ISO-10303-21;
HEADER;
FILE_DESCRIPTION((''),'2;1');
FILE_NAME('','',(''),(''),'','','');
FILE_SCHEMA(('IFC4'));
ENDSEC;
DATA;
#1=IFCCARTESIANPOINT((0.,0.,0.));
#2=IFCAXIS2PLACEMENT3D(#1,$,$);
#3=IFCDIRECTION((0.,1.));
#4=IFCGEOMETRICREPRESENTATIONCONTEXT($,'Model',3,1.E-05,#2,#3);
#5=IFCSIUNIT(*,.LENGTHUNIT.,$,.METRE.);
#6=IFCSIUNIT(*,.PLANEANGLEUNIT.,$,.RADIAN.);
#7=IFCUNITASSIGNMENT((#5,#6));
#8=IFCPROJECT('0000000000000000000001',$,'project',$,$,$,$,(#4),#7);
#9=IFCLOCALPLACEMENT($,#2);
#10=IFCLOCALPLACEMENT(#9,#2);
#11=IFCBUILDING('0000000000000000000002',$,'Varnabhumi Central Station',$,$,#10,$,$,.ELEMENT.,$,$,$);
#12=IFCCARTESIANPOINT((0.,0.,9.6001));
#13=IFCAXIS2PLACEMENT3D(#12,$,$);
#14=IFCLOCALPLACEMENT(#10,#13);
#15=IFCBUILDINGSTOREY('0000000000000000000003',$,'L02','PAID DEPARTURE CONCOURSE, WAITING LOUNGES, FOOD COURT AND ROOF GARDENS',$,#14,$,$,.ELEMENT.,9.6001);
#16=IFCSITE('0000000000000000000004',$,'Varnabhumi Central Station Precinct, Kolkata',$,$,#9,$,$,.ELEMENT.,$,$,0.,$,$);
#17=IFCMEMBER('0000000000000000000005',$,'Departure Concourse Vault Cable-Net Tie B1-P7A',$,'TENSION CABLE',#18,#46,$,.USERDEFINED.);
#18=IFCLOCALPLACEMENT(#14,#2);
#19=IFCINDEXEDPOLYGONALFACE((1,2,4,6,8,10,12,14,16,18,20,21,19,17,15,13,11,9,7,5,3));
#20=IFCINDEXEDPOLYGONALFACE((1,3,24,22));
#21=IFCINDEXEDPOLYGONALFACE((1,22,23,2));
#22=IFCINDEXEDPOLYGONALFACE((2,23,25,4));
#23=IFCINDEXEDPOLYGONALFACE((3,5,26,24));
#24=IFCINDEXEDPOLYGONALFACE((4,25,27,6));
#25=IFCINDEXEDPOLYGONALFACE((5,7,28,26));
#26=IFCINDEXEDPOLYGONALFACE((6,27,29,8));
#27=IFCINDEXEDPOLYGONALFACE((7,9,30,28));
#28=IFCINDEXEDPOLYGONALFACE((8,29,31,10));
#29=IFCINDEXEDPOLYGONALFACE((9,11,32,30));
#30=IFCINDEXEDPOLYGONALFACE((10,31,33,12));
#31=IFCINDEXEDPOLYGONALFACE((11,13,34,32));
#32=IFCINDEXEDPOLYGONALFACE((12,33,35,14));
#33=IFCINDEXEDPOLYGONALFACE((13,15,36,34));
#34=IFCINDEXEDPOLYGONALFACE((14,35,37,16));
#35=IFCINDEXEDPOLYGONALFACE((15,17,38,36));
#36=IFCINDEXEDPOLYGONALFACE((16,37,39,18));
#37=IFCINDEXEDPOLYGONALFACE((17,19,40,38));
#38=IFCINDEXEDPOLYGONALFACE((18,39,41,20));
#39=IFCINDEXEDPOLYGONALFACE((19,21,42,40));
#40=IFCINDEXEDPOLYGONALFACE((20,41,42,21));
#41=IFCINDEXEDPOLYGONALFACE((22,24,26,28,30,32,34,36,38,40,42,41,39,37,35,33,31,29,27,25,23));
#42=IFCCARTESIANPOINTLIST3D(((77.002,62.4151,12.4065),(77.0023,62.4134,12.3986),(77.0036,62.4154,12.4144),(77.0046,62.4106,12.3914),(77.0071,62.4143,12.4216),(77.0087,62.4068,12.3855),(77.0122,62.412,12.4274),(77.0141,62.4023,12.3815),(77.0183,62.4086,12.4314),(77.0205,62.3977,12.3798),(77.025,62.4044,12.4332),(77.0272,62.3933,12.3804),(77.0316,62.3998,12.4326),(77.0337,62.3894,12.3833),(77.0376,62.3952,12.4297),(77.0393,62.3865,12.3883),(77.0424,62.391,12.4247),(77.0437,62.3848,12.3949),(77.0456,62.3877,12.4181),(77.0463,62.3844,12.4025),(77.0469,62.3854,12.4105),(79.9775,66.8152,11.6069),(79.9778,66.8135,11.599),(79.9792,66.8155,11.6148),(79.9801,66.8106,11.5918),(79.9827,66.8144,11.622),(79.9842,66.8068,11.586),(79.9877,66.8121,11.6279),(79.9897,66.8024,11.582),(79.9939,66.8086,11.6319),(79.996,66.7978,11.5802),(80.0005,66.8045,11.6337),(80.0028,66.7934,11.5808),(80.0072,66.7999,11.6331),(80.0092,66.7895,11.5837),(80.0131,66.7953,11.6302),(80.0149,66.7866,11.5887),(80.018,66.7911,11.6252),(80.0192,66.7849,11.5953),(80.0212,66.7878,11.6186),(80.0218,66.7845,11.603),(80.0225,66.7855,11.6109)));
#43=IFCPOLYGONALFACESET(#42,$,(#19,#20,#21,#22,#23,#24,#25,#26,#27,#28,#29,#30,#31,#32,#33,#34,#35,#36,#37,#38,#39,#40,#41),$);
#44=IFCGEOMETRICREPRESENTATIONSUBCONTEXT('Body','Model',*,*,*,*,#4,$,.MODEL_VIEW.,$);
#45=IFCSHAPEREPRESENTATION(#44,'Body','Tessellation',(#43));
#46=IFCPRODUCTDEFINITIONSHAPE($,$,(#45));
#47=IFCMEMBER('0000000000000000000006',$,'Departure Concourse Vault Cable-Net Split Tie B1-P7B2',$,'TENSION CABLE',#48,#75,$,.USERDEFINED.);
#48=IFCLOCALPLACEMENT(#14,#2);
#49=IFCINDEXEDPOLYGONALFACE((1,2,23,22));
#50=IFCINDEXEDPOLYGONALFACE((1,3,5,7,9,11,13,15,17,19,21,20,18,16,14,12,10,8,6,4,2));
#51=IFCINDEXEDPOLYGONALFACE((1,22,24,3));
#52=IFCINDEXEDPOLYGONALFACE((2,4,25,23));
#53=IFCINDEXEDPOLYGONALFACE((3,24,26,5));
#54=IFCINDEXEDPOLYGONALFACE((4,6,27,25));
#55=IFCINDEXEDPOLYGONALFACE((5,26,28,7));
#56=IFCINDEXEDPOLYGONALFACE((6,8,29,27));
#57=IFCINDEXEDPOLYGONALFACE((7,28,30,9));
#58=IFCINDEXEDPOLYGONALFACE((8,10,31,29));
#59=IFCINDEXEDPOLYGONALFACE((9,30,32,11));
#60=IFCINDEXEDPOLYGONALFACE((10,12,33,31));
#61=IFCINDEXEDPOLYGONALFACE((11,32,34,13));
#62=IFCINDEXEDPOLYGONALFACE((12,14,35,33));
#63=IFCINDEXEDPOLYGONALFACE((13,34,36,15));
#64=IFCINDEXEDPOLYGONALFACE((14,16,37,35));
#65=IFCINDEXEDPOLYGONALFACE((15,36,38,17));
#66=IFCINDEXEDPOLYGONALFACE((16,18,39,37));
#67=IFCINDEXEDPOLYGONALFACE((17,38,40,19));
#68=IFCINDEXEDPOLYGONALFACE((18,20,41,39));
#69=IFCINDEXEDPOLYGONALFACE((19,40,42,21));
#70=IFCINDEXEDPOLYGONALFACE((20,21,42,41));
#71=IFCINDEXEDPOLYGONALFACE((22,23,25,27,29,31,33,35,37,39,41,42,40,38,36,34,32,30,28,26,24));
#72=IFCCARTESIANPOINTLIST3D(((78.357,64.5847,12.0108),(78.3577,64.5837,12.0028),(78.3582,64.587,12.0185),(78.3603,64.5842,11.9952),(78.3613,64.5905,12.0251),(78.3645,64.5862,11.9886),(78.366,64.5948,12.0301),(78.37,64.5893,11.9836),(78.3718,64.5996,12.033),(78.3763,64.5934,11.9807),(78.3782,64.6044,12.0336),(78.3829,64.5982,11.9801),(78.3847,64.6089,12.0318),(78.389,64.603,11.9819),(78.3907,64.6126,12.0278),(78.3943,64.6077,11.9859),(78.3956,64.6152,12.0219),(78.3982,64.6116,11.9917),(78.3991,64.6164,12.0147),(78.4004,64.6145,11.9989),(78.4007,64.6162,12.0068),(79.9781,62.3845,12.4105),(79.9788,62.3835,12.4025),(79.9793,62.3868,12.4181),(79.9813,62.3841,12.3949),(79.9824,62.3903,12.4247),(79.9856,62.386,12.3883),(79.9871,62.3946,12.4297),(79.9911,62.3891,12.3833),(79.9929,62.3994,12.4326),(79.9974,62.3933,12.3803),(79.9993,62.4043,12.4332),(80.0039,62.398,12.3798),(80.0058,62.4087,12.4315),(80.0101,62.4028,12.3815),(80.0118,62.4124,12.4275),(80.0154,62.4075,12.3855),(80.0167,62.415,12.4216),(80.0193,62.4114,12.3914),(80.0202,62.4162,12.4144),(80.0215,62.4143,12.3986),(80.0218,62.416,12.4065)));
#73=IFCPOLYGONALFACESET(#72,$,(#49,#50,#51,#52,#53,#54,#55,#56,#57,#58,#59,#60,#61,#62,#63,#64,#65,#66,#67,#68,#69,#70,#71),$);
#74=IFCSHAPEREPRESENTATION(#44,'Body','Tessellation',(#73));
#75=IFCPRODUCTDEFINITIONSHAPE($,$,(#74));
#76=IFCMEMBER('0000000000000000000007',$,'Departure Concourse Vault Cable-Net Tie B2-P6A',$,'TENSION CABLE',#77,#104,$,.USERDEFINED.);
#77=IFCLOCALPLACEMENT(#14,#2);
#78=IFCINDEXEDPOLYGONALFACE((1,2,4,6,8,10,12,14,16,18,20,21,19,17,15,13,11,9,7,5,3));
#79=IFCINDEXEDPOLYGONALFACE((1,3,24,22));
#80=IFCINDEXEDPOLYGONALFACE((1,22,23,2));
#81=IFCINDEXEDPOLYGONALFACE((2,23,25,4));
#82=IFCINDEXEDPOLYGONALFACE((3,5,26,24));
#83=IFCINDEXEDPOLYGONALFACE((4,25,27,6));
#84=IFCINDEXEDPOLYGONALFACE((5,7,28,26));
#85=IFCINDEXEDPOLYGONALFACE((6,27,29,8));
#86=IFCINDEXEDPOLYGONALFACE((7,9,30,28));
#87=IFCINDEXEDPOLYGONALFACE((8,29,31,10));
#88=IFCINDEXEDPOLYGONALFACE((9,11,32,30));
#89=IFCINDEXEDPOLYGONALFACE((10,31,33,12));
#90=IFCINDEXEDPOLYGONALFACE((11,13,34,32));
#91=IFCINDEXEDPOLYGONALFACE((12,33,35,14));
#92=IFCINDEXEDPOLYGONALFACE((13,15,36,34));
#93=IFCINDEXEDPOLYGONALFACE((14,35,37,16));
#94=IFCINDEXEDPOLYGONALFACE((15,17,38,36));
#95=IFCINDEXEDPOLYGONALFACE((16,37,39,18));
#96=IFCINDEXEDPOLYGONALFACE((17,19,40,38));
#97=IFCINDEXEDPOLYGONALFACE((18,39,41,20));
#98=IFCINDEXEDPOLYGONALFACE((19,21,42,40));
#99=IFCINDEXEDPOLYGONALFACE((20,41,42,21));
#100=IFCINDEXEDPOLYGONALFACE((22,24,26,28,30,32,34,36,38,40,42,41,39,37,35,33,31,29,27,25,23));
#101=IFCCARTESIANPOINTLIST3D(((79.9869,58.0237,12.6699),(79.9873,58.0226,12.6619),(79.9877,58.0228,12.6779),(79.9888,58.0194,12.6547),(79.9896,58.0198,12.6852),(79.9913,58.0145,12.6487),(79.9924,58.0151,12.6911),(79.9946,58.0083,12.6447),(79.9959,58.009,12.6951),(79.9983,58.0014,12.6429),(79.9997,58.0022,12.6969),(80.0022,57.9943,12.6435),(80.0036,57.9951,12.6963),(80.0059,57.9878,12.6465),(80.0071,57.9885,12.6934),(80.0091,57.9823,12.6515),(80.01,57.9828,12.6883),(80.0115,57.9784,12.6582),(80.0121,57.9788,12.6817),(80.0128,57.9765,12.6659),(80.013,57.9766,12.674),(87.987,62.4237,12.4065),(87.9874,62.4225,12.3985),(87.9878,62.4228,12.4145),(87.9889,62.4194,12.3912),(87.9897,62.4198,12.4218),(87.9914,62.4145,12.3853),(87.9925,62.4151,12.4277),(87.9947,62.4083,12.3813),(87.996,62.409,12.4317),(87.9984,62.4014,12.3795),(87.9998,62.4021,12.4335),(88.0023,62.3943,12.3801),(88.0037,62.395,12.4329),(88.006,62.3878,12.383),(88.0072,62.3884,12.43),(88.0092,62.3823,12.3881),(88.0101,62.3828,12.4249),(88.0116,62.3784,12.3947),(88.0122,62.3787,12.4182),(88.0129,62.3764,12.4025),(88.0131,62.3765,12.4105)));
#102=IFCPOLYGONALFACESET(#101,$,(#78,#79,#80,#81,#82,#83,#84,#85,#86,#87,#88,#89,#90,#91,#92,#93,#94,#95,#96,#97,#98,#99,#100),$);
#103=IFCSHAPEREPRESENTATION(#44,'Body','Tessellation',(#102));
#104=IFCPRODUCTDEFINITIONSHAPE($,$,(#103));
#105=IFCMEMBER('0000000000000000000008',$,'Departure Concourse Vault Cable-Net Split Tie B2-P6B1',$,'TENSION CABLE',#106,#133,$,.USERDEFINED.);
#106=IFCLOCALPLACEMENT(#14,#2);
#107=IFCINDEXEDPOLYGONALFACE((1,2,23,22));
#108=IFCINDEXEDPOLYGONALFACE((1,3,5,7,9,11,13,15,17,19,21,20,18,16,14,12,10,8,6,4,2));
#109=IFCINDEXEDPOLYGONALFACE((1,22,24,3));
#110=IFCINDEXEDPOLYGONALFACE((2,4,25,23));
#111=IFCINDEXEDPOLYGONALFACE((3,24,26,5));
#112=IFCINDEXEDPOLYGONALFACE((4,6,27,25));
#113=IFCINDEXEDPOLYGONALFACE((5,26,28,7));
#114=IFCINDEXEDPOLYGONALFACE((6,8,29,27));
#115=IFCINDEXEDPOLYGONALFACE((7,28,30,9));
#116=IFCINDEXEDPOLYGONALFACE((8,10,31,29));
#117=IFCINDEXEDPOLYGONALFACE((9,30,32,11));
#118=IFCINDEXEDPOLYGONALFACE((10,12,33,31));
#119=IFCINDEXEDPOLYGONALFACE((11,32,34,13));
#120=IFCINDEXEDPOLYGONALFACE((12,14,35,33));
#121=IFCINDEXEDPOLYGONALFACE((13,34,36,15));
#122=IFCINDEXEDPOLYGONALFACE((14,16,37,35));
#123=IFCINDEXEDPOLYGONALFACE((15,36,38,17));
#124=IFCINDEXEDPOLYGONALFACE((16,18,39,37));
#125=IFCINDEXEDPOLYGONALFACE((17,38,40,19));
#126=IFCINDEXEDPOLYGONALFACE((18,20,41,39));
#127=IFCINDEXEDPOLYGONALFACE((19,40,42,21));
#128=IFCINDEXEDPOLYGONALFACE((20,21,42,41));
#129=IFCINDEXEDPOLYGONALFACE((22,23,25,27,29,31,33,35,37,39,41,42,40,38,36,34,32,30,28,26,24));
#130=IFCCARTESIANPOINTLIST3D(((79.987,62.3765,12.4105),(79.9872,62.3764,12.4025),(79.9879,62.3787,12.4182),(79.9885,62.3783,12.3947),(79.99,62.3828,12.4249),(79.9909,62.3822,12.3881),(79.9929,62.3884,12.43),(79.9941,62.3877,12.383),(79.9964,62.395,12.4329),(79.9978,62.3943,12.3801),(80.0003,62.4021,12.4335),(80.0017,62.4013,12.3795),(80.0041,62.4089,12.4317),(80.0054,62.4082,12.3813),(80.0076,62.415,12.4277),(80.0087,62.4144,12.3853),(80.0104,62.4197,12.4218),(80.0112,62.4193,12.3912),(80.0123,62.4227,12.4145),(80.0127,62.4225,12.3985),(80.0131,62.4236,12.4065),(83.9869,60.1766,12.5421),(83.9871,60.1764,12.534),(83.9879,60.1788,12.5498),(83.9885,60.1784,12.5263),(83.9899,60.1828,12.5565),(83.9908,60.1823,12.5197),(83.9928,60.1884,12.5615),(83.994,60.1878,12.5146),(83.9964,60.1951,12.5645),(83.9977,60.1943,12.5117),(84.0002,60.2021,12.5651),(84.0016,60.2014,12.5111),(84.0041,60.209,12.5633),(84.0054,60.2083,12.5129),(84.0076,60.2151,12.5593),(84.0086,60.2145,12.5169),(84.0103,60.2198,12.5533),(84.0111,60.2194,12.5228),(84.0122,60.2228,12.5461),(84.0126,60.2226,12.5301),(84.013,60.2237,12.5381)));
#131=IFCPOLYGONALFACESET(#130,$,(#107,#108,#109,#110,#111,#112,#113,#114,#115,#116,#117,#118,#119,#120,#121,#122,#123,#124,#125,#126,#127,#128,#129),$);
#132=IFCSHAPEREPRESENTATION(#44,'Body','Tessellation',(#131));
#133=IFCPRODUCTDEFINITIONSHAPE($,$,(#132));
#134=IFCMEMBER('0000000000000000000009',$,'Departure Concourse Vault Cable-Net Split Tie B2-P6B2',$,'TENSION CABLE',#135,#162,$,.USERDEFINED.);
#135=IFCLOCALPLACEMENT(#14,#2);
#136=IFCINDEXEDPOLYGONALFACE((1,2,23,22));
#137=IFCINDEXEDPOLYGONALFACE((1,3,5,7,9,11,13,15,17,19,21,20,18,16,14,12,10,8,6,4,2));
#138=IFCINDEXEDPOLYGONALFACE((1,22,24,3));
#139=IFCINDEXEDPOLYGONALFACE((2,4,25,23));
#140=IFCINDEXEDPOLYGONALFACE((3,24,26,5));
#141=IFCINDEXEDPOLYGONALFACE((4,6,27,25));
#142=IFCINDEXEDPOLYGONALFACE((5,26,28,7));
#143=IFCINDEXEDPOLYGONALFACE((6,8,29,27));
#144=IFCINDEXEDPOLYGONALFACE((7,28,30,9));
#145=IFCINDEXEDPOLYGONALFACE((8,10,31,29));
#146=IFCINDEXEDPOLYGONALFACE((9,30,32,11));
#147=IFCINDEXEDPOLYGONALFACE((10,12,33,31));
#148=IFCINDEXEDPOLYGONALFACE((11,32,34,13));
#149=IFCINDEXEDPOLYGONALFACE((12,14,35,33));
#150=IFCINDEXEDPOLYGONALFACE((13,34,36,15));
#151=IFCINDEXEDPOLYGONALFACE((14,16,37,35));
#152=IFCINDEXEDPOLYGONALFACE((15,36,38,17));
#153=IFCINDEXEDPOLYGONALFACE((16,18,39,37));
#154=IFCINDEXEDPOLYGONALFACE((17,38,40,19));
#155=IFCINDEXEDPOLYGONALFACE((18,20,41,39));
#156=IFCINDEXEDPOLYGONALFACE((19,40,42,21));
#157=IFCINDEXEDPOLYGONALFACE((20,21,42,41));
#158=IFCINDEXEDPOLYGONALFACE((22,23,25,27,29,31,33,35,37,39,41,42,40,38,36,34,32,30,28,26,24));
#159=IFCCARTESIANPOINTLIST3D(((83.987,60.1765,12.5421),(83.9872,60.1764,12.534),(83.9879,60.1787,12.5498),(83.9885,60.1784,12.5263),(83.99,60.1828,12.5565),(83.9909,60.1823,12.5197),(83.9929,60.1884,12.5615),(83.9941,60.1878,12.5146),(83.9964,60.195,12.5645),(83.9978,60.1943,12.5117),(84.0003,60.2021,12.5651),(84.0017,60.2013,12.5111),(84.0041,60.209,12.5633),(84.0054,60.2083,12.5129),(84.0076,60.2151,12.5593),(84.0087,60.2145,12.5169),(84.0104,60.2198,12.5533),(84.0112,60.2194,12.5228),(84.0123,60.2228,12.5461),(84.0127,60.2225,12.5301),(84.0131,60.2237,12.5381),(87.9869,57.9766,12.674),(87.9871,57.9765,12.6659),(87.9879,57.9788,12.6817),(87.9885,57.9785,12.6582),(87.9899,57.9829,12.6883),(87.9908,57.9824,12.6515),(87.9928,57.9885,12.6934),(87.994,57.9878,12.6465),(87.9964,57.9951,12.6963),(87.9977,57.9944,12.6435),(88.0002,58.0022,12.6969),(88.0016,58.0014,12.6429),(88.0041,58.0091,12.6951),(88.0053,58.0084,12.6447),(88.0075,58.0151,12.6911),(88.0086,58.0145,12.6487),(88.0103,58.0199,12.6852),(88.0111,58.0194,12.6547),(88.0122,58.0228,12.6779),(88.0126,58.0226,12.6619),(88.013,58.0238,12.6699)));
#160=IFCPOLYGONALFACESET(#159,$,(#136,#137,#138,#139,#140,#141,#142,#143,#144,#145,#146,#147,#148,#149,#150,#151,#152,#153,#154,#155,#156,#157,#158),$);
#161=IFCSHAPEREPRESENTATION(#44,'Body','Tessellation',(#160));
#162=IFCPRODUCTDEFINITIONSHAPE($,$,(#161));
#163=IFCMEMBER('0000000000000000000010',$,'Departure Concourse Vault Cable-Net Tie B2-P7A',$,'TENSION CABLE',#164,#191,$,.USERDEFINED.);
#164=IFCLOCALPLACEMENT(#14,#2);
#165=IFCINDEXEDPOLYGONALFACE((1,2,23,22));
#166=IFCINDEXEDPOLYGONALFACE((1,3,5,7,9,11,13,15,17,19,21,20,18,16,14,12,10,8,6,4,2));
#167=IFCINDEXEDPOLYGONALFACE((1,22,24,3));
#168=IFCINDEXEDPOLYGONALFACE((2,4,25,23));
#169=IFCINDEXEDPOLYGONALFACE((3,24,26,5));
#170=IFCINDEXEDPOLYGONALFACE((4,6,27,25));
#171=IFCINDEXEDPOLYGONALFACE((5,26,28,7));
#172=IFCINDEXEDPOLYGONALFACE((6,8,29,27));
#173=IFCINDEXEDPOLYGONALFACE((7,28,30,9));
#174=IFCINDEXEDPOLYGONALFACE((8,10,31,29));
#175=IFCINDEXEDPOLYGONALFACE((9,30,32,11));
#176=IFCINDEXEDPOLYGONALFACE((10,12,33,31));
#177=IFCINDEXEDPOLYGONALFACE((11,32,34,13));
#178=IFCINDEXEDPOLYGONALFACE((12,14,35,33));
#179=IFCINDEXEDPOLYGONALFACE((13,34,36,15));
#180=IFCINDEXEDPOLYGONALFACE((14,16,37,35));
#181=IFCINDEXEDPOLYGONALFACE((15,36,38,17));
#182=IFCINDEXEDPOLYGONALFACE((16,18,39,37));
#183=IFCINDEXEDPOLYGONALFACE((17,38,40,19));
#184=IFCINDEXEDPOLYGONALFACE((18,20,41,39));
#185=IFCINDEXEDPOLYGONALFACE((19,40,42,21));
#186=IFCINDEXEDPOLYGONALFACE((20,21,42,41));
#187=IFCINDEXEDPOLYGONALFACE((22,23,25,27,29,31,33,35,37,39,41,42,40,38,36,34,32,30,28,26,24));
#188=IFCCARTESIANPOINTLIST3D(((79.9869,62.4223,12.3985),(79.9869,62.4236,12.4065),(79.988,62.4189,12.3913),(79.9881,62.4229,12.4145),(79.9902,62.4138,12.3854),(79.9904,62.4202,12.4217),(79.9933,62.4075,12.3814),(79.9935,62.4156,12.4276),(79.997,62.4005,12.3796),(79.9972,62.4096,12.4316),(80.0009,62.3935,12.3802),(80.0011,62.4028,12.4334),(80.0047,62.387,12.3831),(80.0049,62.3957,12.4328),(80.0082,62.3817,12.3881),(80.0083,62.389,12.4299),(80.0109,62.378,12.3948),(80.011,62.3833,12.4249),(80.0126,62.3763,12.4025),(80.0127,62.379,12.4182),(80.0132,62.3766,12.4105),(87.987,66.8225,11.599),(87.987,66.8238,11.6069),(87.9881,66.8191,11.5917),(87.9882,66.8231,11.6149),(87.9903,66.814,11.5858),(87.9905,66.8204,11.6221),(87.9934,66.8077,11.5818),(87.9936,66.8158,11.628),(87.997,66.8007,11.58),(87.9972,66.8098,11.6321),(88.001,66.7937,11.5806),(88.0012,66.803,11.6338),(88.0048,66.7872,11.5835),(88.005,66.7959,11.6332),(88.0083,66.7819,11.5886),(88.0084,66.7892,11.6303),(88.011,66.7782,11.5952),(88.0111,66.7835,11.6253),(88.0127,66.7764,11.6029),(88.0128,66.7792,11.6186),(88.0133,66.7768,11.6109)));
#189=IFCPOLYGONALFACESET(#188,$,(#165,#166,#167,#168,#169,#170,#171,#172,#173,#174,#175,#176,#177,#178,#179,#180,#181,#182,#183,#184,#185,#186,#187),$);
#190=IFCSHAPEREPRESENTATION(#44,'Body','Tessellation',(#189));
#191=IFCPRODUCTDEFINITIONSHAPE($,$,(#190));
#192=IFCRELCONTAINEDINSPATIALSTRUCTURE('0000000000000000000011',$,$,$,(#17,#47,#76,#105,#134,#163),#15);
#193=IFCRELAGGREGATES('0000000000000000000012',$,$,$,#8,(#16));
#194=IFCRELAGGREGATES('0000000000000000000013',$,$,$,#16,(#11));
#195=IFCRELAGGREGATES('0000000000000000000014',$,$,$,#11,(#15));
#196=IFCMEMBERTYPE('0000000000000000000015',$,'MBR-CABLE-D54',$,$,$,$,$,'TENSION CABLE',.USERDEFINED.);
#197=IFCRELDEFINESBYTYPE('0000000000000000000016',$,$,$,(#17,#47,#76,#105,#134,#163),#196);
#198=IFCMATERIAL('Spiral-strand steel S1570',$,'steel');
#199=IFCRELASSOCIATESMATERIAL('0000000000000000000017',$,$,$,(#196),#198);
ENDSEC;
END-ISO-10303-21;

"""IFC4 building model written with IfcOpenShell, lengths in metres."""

from ifc_helpers import new_model, si_unit, direction, frame, origin, origin_2d, place, context, subcontext, project, spatial, circle, extrude, material, material_profile, profile_set, type_object, element, save


model = new_model("IFC4")

# Units and contexts
model_context = context("Model", 3, precision=1e-05, world=origin(), true_north=direction((0.0, 1.0)))
body_context = subcontext(model_context, "Body", "Model", "MODEL_VIEW")
ifc_project = project(units=[si_unit("LENGTHUNIT", "METRE"), si_unit("PLANEANGLEUNIT", "RADIAN")], contexts=[model_context])

# Site, building, storey
site_placement = place(None, origin())
site = spatial("IfcSite", under=ifc_project, at=site_placement, Name="Varnabhumi Central Station Precinct, Kolkata", CompositionType="ELEMENT", RefElevation=0.0)
building_placement = place(site_placement, origin())
building = spatial("IfcBuilding", under=site, at=building_placement, Name="Varnabhumi Central Station", CompositionType="ELEMENT")
storey_placement = place(building_placement, frame((0.0, 0.0, 9.6001)))
storey = spatial("IfcBuildingStorey", under=building, at=storey_placement, Name="L02", Description="PAID DEPARTURE CONCOURSE, WAITING LOUNGES, FOOD COURT AND ROOF GARDENS", CompositionType="ELEMENT", Elevation=9.6001)

# Members
ifc_material_1 = material(Name="Spiral-strand steel S1570", Category="steel")
ifc_material_profile_1 = material_profile(ifc_material_1, circle(Radius=0.0271, at=origin_2d()), Name="Spiral-strand steel S1570", Category="steel")
ifc_profile_set_1 = profile_set([ifc_material_profile_1], Name="Spiral-strand steel S1570")
member_type = type_object("IfcMemberType", Name="MBR-CABLE-D54", ElementType="TENSION CABLE", PredefinedType="USERDEFINED", material=ifc_profile_set_1)
member_1_placement = place(storey_placement, frame((77.0244, 62.3999, 12.4065), z_axis=(0.553942, 0.819141, -0.148848), x_axis=(-0.828369, 0.560182, 0.0)))
element("IfcMember", 1, at=member_1_placement, inside=storey, type_object=member_type, Name="Departure Concourse Vault Cable-Net Tie B1-P7A", ObjectType="TENSION CABLE", PredefinedType="USERDEFINED", context=body_context, shape_type="SweptSolid", body=[
    extrude(circle(Radius=0.0271, at=origin_2d()), origin(), (0.0, 0.0, 1.0), 5.3716),
])
member_2_placement = place(storey_placement, frame((78.3789, 64.6001, 12.0068), z_axis=(0.586932, -0.796601, 0.1447), x_axis=(0.805074, 0.593175, 0.0)))
element("IfcMember", 2, at=member_2_placement, inside=storey, type_object=member_type, Name="Departure Concourse Vault Cable-Net Split Tie B1-P7B2", ObjectType="TENSION CABLE", PredefinedType="USERDEFINED", context=body_context, shape_type="SweptSolid", body=[
    extrude(circle(Radius=0.0271, at=origin_2d()), origin(), (0.0, 0.0, 1.0), 2.762),
])
member_3_placement = place(storey_placement, frame((80.0, 58.0, 12.6699), z_axis=(0.875856, 0.48171, -0.028841), x_axis=(-0.481911, 0.87622, 0.0)))
element("IfcMember", 3, at=member_3_placement, inside=storey, type_object=member_type, Name="Departure Concourse Vault Cable-Net Tie B2-P6A", ObjectType="TENSION CABLE", PredefinedType="USERDEFINED", context=body_context, shape_type="SweptSolid", body=[
    extrude(circle(Radius=0.0271, at=origin_2d()), origin(), (0.0, 0.0, 1.0), 9.134),
])
for number, where, z_axis, x_axis, name in (
    (4, (80.0, 62.3999, 12.4065), (0.875857, -0.48171, 0.028814), (0.481911, 0.87622, 0.0), "Departure Concourse Vault Cable-Net Split Tie B2-P6B1"),
    (5, (84.0, 60.2, 12.5381), (0.875855, -0.48171, 0.028867), (0.481911, 0.87622, 0.0), "Departure Concourse Vault Cable-Net Split Tie B2-P6B2"),
):
    element("IfcMember", number, at=place(storey_placement, frame(where, z_axis=z_axis, x_axis=x_axis)), inside=storey, type_object=member_type, Name=name, ObjectType="TENSION CABLE", PredefinedType="USERDEFINED", context=body_context, shape_type="SweptSolid", body=[
        extrude(circle(Radius=0.0271, at=origin_2d()), origin(), (0.0, 0.0, 1.0), 4.5669),
    ])
member_4_placement = place(storey_placement, frame((80.0, 62.3999, 12.4065), z_axis=(0.872869, 0.480094, -0.087239), x_axis=(-0.481931, 0.876209, 0.0)))
element("IfcMember", 6, at=member_4_placement, inside=storey, type_object=member_type, Name="Departure Concourse Vault Cable-Net Tie B2-P7A", ObjectType="TENSION CABLE", PredefinedType="USERDEFINED", context=body_context, shape_type="SweptSolid", body=[
    extrude(circle(Radius=0.0271, at=origin_2d()), origin(), (0.0, 0.0, 1.0), 9.1653),
])

save(model, "model.ifc")
